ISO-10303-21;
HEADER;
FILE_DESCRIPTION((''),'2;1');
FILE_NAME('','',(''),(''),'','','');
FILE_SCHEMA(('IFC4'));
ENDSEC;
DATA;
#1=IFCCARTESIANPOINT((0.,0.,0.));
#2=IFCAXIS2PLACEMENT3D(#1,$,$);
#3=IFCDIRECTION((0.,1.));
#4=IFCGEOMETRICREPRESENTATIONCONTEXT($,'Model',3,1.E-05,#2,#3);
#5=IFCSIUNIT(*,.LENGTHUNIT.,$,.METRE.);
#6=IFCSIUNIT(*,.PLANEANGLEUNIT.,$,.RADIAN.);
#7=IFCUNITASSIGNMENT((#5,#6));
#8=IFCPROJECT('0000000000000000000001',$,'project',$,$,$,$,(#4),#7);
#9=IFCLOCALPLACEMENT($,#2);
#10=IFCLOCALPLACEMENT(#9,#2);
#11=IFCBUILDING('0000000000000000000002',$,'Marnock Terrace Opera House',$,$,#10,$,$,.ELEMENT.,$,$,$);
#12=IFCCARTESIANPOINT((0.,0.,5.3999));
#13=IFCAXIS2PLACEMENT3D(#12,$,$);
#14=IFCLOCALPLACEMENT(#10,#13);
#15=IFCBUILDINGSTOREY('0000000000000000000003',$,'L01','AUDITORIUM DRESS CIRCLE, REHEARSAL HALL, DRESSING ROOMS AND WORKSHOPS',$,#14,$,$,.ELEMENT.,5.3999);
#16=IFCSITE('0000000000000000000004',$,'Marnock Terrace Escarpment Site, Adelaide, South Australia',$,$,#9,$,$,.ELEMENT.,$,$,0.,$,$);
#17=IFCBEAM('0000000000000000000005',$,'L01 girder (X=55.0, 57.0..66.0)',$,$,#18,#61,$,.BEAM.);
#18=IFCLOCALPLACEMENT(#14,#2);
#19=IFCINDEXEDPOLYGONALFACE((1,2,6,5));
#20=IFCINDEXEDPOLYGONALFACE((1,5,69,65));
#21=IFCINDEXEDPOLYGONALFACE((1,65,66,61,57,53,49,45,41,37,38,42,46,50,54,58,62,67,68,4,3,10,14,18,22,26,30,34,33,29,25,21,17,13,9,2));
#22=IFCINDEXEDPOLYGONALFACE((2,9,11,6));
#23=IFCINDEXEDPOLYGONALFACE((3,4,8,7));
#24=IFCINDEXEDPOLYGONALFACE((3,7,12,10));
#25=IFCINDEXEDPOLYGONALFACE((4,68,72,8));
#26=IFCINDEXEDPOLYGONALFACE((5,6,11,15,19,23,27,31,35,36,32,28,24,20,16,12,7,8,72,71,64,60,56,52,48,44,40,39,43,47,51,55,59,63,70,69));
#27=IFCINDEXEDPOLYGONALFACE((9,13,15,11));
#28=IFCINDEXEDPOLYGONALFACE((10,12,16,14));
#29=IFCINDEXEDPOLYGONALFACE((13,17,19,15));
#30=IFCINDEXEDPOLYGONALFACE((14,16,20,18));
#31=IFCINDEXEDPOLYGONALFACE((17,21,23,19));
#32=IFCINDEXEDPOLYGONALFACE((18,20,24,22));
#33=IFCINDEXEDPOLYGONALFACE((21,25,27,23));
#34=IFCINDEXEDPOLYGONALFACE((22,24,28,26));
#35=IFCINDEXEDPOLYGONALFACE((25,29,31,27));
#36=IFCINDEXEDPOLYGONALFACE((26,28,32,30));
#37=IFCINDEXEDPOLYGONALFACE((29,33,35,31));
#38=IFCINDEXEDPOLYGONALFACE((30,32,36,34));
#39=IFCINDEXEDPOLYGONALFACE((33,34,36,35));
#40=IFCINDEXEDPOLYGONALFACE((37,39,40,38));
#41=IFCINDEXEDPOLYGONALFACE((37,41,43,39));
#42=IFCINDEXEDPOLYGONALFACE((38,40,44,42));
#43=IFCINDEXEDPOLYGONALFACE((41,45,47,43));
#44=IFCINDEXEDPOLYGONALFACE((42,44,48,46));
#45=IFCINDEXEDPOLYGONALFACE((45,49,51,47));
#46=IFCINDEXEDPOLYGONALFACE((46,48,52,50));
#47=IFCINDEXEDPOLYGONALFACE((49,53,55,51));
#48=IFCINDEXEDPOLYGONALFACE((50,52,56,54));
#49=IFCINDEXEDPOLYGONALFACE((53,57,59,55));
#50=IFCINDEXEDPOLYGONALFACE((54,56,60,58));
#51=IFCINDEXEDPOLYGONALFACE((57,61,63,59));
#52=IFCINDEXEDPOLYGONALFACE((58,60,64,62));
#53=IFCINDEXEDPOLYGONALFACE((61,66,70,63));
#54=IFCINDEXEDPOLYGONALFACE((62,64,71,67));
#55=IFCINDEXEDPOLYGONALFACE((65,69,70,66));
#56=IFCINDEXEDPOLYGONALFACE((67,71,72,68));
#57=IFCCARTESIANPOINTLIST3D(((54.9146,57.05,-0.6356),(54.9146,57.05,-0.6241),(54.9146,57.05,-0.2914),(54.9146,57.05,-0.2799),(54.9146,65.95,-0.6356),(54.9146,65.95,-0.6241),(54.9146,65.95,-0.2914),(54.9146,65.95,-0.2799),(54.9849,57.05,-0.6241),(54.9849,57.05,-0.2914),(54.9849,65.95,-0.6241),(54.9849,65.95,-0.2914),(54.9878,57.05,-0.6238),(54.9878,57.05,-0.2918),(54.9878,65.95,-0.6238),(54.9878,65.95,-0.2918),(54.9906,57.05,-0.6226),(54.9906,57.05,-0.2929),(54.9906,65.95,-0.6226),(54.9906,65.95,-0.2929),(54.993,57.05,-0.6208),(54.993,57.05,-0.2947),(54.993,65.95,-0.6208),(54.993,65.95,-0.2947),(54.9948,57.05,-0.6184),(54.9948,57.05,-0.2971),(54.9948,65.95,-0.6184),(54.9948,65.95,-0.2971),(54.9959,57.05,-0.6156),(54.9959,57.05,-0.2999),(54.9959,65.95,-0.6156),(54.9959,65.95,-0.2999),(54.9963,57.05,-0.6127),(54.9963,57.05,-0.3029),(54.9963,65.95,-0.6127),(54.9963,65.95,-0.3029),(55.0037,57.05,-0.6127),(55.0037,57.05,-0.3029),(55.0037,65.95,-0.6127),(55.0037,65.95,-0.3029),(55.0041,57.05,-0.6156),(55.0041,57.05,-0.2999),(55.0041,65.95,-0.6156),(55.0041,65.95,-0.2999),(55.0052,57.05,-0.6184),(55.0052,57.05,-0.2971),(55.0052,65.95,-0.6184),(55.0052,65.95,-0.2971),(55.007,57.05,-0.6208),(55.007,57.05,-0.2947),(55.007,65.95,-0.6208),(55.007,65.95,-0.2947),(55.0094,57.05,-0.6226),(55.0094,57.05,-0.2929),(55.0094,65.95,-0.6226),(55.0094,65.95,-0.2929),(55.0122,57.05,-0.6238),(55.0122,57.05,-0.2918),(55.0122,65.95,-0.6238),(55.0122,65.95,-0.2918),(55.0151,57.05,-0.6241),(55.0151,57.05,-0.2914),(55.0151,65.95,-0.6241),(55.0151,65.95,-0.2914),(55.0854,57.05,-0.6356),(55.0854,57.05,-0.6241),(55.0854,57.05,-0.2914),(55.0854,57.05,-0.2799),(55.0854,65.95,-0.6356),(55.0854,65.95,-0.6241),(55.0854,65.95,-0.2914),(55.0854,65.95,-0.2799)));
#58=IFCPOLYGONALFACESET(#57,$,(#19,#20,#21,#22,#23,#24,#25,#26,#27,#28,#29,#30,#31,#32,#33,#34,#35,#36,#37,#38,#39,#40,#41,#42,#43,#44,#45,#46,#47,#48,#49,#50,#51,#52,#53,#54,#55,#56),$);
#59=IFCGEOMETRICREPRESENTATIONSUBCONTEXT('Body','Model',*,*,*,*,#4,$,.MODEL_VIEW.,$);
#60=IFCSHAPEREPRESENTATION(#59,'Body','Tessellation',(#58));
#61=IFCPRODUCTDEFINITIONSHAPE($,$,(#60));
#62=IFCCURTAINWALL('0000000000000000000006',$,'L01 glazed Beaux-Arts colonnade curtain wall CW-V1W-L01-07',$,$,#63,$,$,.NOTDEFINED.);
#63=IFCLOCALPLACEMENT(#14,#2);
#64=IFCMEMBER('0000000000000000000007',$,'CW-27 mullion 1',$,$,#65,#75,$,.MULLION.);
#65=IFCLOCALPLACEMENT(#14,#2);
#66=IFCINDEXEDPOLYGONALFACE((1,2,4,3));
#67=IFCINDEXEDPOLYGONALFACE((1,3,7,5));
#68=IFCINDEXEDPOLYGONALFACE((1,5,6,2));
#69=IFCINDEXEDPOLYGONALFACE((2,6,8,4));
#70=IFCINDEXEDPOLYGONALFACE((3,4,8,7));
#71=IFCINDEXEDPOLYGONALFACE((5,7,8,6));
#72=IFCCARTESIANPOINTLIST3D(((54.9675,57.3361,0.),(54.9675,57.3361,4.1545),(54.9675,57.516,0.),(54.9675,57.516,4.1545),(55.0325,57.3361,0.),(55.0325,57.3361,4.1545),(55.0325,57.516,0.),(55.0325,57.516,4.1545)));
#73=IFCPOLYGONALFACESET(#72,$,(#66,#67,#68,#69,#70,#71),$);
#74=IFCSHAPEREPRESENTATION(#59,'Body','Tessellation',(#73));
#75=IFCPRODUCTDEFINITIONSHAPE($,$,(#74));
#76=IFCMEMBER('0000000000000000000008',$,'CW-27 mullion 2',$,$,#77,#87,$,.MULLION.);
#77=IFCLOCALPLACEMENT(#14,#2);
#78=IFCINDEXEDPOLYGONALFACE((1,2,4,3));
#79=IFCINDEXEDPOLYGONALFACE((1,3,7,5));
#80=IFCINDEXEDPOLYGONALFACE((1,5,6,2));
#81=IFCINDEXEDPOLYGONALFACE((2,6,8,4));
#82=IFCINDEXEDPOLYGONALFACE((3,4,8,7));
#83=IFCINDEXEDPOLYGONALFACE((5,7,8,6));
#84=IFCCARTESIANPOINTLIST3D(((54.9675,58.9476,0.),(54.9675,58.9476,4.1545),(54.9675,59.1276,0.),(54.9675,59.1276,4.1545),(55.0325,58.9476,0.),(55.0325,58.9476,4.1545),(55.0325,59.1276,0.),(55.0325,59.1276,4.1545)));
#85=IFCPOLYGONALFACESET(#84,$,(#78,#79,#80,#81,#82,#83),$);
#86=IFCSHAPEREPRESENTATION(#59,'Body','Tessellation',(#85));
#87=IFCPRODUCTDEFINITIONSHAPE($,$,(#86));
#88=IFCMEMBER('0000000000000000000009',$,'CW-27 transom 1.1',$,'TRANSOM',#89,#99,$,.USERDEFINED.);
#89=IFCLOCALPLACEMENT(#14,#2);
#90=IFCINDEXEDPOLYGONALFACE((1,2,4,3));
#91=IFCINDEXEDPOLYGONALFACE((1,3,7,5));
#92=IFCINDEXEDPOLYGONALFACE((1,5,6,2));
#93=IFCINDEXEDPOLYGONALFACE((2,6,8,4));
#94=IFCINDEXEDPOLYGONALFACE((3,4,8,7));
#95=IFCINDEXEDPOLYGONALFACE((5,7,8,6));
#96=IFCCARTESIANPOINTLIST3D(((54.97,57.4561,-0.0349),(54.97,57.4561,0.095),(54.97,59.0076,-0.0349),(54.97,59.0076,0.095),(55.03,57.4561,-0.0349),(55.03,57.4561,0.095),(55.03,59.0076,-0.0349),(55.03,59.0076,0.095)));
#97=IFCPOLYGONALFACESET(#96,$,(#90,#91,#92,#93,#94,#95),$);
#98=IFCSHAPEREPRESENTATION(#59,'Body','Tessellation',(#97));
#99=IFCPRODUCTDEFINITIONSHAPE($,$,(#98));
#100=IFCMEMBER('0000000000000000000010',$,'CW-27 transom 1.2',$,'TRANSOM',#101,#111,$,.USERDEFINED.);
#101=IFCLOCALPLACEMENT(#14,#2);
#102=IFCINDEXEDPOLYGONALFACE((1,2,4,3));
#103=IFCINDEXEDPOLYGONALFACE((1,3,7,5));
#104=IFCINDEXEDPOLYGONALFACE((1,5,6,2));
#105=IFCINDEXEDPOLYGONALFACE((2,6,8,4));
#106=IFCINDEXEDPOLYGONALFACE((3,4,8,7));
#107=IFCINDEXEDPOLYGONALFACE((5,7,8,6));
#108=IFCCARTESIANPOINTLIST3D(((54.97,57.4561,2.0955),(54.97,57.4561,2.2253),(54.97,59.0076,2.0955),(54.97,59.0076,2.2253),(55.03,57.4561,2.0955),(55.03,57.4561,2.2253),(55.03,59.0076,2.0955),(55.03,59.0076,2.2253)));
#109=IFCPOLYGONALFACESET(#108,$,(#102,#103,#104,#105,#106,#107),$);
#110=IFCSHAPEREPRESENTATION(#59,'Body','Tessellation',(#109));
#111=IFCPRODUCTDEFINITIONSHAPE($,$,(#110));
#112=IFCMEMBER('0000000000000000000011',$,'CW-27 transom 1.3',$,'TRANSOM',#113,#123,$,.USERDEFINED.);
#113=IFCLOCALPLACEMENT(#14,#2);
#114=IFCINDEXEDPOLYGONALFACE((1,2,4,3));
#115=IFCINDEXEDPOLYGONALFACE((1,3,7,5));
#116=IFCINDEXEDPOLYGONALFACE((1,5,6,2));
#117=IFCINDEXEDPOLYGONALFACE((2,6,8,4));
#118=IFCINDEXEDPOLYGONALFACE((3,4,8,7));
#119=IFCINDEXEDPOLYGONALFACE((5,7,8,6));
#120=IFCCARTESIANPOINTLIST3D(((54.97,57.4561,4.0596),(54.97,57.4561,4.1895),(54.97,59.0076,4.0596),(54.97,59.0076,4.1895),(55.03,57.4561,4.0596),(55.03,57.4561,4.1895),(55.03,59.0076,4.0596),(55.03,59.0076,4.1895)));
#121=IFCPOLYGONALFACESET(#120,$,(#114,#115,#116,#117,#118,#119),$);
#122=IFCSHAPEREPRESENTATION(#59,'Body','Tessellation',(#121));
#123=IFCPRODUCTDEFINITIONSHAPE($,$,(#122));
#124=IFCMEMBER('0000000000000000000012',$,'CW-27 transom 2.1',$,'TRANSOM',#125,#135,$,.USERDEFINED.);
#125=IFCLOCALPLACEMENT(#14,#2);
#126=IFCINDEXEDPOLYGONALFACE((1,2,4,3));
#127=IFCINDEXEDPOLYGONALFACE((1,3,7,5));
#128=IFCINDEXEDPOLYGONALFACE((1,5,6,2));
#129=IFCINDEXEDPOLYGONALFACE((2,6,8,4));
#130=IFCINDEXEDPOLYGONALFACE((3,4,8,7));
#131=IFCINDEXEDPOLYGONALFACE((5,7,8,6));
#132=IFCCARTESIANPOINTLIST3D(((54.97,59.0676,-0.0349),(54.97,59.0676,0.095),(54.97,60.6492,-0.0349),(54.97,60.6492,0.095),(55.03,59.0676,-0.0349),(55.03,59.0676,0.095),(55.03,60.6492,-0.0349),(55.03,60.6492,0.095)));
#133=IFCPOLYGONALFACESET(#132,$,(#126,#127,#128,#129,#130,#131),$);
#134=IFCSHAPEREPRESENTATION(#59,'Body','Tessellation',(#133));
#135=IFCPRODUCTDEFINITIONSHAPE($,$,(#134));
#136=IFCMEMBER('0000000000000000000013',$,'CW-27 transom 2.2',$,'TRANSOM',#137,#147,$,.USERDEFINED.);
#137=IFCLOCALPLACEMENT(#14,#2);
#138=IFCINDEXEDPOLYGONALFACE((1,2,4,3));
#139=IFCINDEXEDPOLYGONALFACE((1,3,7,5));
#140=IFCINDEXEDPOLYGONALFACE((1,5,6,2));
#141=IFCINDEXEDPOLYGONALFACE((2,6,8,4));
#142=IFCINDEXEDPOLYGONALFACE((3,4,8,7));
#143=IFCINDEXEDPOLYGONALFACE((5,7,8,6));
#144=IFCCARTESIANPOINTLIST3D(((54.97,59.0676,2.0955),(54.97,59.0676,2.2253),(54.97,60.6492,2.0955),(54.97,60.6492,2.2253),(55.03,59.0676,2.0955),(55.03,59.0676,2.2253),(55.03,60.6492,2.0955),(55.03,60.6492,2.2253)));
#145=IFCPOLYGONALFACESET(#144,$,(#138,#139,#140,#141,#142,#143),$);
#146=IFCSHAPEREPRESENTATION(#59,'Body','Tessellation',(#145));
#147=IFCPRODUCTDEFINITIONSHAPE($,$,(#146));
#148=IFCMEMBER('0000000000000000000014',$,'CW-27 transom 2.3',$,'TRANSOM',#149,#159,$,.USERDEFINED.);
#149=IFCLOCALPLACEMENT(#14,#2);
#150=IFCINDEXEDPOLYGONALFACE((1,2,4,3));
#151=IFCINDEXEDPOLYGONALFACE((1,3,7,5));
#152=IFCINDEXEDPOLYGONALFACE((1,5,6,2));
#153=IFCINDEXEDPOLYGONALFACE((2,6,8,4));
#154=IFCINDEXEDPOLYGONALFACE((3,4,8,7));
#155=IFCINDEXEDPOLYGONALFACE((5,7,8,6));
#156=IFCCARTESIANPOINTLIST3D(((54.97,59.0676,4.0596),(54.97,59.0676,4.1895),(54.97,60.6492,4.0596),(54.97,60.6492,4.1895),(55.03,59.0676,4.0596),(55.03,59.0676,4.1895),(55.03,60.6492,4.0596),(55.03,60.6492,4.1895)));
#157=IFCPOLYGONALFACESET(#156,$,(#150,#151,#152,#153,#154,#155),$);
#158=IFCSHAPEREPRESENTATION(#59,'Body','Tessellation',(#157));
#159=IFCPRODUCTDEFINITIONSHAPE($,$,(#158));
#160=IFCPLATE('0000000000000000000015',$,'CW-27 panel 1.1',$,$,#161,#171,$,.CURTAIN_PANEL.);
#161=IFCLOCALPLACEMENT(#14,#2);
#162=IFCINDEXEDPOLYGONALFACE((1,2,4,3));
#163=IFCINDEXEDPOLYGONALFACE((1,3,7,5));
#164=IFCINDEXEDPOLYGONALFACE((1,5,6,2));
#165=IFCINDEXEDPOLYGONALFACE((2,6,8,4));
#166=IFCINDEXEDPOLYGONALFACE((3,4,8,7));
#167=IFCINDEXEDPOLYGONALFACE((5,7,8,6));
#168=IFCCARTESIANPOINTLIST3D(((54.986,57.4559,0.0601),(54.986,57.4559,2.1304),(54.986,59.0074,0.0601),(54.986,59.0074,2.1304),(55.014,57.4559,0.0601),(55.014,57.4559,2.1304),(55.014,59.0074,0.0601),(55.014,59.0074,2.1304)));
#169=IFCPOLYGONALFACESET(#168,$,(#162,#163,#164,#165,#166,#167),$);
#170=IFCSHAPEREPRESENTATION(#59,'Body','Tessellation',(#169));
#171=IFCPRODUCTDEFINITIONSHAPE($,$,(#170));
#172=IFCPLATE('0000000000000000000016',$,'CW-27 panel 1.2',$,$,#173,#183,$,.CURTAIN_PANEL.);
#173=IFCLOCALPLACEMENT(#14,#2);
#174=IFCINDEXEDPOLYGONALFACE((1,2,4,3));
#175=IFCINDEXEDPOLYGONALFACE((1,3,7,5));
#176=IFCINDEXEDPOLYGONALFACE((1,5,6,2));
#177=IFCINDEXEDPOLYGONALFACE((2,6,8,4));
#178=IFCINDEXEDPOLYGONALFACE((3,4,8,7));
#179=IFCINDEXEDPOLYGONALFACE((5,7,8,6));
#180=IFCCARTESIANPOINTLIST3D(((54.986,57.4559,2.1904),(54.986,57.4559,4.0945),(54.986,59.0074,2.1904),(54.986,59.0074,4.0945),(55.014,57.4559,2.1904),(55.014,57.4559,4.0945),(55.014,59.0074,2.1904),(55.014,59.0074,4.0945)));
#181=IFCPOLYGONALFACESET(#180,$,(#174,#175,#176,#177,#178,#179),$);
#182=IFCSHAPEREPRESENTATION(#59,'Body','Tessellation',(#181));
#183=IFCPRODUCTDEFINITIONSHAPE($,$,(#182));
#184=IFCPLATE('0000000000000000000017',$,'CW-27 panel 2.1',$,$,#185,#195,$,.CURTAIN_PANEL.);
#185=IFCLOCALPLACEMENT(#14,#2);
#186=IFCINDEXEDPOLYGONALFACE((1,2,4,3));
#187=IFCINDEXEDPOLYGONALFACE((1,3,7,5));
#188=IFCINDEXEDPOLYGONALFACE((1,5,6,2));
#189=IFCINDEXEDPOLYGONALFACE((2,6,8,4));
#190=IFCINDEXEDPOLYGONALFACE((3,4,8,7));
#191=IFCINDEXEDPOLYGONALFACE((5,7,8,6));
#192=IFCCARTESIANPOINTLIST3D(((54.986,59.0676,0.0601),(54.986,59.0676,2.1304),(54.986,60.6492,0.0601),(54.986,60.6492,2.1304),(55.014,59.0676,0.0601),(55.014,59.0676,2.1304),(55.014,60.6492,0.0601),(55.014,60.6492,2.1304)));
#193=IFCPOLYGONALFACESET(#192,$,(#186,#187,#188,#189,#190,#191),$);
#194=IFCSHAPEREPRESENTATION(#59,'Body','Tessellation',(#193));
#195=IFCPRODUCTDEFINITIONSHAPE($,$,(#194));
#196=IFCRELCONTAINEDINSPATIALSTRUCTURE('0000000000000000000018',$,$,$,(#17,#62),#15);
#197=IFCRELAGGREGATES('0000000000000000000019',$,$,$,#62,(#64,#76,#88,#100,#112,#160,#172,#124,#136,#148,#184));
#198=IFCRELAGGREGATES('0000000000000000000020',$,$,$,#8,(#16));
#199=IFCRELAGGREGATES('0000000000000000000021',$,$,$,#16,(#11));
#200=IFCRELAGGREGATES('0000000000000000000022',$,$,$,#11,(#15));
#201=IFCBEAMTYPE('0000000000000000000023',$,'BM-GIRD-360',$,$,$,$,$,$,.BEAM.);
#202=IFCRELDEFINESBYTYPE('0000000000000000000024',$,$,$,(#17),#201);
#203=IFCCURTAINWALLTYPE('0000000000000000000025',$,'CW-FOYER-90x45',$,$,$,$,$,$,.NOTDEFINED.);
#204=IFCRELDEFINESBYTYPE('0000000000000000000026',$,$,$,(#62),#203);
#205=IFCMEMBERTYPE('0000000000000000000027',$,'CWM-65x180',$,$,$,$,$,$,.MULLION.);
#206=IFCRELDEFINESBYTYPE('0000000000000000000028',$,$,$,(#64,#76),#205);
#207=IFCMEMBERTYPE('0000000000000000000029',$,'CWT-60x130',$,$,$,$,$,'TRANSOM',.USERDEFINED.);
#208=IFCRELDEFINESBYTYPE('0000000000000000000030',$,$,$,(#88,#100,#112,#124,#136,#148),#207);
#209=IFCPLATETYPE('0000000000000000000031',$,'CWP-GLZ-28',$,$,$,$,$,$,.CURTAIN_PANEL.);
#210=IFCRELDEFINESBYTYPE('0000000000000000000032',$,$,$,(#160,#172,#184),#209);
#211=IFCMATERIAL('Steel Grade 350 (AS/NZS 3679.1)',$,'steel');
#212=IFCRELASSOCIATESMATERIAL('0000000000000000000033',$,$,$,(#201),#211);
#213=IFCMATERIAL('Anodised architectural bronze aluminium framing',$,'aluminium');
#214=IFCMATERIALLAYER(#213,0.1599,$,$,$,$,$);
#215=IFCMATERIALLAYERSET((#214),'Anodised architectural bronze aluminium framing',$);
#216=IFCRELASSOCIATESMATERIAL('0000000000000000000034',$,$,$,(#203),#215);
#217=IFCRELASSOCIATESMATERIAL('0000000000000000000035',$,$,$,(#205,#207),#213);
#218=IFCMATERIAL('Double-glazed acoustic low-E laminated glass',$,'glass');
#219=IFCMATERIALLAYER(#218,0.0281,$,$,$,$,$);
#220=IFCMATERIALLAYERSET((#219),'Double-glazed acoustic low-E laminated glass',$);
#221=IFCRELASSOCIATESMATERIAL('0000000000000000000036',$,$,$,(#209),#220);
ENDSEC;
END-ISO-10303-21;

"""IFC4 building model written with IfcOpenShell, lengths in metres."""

from ifc_helpers import new_model, si_unit, direction, frame, origin, origin_2d, place, context, subcontext, project, spatial, rectangle, i_section, extrude, material, layer, layer_set, material_profile, profile_set, type_object, element, aggregate, save


model = new_model("IFC4")

# Units and contexts
model_context = context("Model", 3, precision=1e-05, world=origin(), true_north=direction((0.0, 1.0)))
body_context = subcontext(model_context, "Body", "Model", "MODEL_VIEW")
ifc_project = project(units=[si_unit("LENGTHUNIT", "METRE"), si_unit("PLANEANGLEUNIT", "RADIAN")], contexts=[model_context])

# Site, building, storey
site_placement = place(None, origin())
site = spatial("IfcSite", under=ifc_project, at=site_placement, Name="Marnock Terrace Escarpment Site, Adelaide, South Australia", CompositionType="ELEMENT", RefElevation=0.0)
building_placement = place(site_placement, origin())
building = spatial("IfcBuilding", under=site, at=building_placement, Name="Marnock Terrace Opera House", CompositionType="ELEMENT")
storey_placement = place(building_placement, frame((0.0, 0.0, 5.3999)))
storey = spatial("IfcBuildingStorey", under=building, at=storey_placement, Name="L01", Description="AUDITORIUM DRESS CIRCLE, REHEARSAL HALL, DRESSING ROOMS AND WORKSHOPS", CompositionType="ELEMENT", Elevation=5.3999)

# Beam
ifc_material_1 = material(Name="Steel Grade 350 (AS/NZS 3679.1)", Category="steel")
ifc_material_profile_1 = material_profile(ifc_material_1, i_section(OverallWidth=0.1709, OverallDepth=0.3557, WebThickness=0.0073, FlangeThickness=0.0115, FilletRadius=0.0115, at=origin_2d()))
ifc_profile_set_1 = profile_set([ifc_material_profile_1], Name="Steel Grade 350 (AS/NZS 3679.1)")
beam_type = type_object("IfcBeamType", Name="BM-GIRD-360", PredefinedType="BEAM", material=ifc_profile_set_1)
beam_placement = place(storey_placement, frame((55.0, 57.05, -0.4578), z_axis=(0.0, 1.0, 0.0), x_axis=(-1.0, 0.0, 0.0)))
element("IfcBeam", 1, at=beam_placement, inside=storey, type_object=beam_type, Name="L01 girder (X=55.0, 57.0..66.0)", PredefinedType="BEAM", context=body_context, shape_type="SweptSolid", body=[
    extrude(i_section(OverallWidth=0.1709, OverallDepth=0.3557, WebThickness=0.0073, FlangeThickness=0.0115, FilletRadius=0.0115, at=origin_2d()), origin(), (0.0, 0.0, 1.0), 8.8999),
])

# Curtain wall, members, plates
ifc_material_2 = material(Name="Anodised architectural bronze aluminium framing", Category="aluminium")
ifc_layer_1 = layer(ifc_material_2, 0.1599)
ifc_layer_set_1 = layer_set([ifc_layer_1], Name="Anodised architectural bronze aluminium framing")
curtain_wall_type = type_object("IfcCurtainWallType", Name="CW-FOYER-90x45", PredefinedType="NOTDEFINED", material=ifc_layer_set_1)
curtain_wall_placement = place(storey_placement, origin())
curtain_wall = element("IfcCurtainWall", 2, at=curtain_wall_placement, inside=storey, type_object=curtain_wall_type, Name="L01 glazed Beaux-Arts colonnade curtain wall CW-V1W-L01-07", PredefinedType="NOTDEFINED")
ifc_material_profile_2 = material_profile(ifc_material_2, rectangle(XDim=0.0649, YDim=0.1799, at=origin_2d()))
ifc_profile_set_2 = profile_set([ifc_material_profile_2], Name="Anodised architectural bronze aluminium framing")
member_type_1 = type_object("IfcMemberType", Name="CWM-65x180", PredefinedType="MULLION", material=ifc_profile_set_2)
member_1_placement = place(storey_placement, frame((55.0, 57.426, 0.0), z_axis=(0.0, 0.0, 1.0), x_axis=(-1.0, 0.0, 0.0)))
member_1 = element("IfcMember", 3, at=member_1_placement, type_object=member_type_1, Name="CW-27 mullion 1", PredefinedType="MULLION", context=body_context, shape_type="SweptSolid", body=[
    extrude(rectangle(XDim=0.0649, YDim=0.1799, at=origin_2d()), origin(), (0.0, 0.0, 1.0), 4.1545),
])
member_2_placement = place(storey_placement, frame((55.0, 59.0376, 0.0), z_axis=(0.0, 0.0, 1.0), x_axis=(-1.0, 0.0, 0.0)))
member_2 = element("IfcMember", 4, at=member_2_placement, type_object=member_type_1, Name="CW-27 mullion 2", PredefinedType="MULLION", context=body_context, shape_type="SweptSolid", body=[
    extrude(rectangle(XDim=0.0649, YDim=0.1799, at=origin_2d()), origin(), (0.0, 0.0, 1.0), 4.1545),
])
ifc_material_profile_3 = material_profile(ifc_material_2, rectangle(XDim=0.0601, YDim=0.1299, at=origin_2d()))
ifc_profile_set_3 = profile_set([ifc_material_profile_3], Name="Anodised architectural bronze aluminium framing")
member_type_2 = type_object("IfcMemberType", Name="CWT-60x130", ElementType="TRANSOM", PredefinedType="USERDEFINED", material=ifc_profile_set_3)
member_3_placement = place(storey_placement, frame((55.0, 57.4561, 0.03), z_axis=(0.0, 1.0, 0.0), x_axis=(-1.0, 0.0, 0.0)))
member_3 = element("IfcMember", 5, at=member_3_placement, type_object=member_type_2, Name="CW-27 transom 1.1", ObjectType="TRANSOM", PredefinedType="USERDEFINED", context=body_context, shape_type="SweptSolid", body=[
    extrude(rectangle(XDim=0.0601, YDim=0.1299, at=origin_2d()), origin(), (0.0, 0.0, 1.0), 1.5515),
])
member_4_placement = place(storey_placement, frame((55.0, 57.4561, 2.1604), z_axis=(0.0, 1.0, 0.0), x_axis=(-1.0, 0.0, 0.0)))
member_4 = element("IfcMember", 6, at=member_4_placement, type_object=member_type_2, Name="CW-27 transom 1.2", ObjectType="TRANSOM", PredefinedType="USERDEFINED", context=body_context, shape_type="SweptSolid", body=[
    extrude(rectangle(XDim=0.0601, YDim=0.1299, at=origin_2d()), origin(), (0.0, 0.0, 1.0), 1.5515),
])
member_5_placement = place(storey_placement, frame((55.0, 57.4561, 4.1245), z_axis=(0.0, 1.0, 0.0), x_axis=(-1.0, 0.0, 0.0)))
member_5 = element("IfcMember", 7, at=member_5_placement, type_object=member_type_2, Name="CW-27 transom 1.3", ObjectType="TRANSOM", PredefinedType="USERDEFINED", context=body_context, shape_type="SweptSolid", body=[
    extrude(rectangle(XDim=0.0601, YDim=0.1299, at=origin_2d()), origin(), (0.0, 0.0, 1.0), 1.5515),
])
member_6_placement = place(storey_placement, frame((55.0, 59.0676, 0.03), z_axis=(0.0, 1.0, 0.0), x_axis=(-1.0, 0.0, 0.0)))
member_6 = element("IfcMember", 8, at=member_6_placement, type_object=member_type_2, Name="CW-27 transom 2.1", ObjectType="TRANSOM", PredefinedType="USERDEFINED", context=body_context, shape_type="SweptSolid", body=[
    extrude(rectangle(XDim=0.0601, YDim=0.1299, at=origin_2d()), origin(), (0.0, 0.0, 1.0), 1.5815),
])
member_7_placement = place(storey_placement, frame((55.0, 59.0676, 2.1604), z_axis=(0.0, 1.0, 0.0), x_axis=(-1.0, 0.0, 0.0)))
member_7 = element("IfcMember", 9, at=member_7_placement, type_object=member_type_2, Name="CW-27 transom 2.2", ObjectType="TRANSOM", PredefinedType="USERDEFINED", context=body_context, shape_type="SweptSolid", body=[
    extrude(rectangle(XDim=0.0601, YDim=0.1299, at=origin_2d()), origin(), (0.0, 0.0, 1.0), 1.5815),
])
member_8_placement = place(storey_placement, frame((55.0, 59.0676, 4.1245), z_axis=(0.0, 1.0, 0.0), x_axis=(-1.0, 0.0, 0.0)))
member_8 = element("IfcMember", 10, at=member_8_placement, type_object=member_type_2, Name="CW-27 transom 2.3", ObjectType="TRANSOM", PredefinedType="USERDEFINED", context=body_context, shape_type="SweptSolid", body=[
    extrude(rectangle(XDim=0.0601, YDim=0.1299, at=origin_2d()), origin(), (0.0, 0.0, 1.0), 1.5815),
])
ifc_material_3 = material(Name="Double-glazed acoustic low-E laminated glass", Category="glass")
ifc_layer_2 = layer(ifc_material_3, 0.0281)
ifc_layer_set_2 = layer_set([ifc_layer_2], Name="Double-glazed acoustic low-E laminated glass")
plate_type = type_object("IfcPlateType", Name="CWP-GLZ-28", PredefinedType="CURTAIN_PANEL", material=ifc_layer_set_2)
plate_1_placement = place(storey_placement, frame((55.0, 58.2317, 0.0601), z_axis=(0.0, 0.0, 1.0), x_axis=(0.0, 1.0, 0.0)))
plate_1 = element("IfcPlate", 11, at=plate_1_placement, type_object=plate_type, Name="CW-27 panel 1.1", PredefinedType="CURTAIN_PANEL", context=body_context, shape_type="SweptSolid", body=[
    extrude(rectangle(XDim=1.5515, YDim=0.0281, at=origin_2d()), origin(), (0.0, 0.0, 1.0), 2.0703),
])
plate_2_placement = place(storey_placement, frame((55.0, 58.2317, 2.1904), z_axis=(0.0, 0.0, 1.0), x_axis=(0.0, 1.0, 0.0)))
plate_2 = element("IfcPlate", 12, at=plate_2_placement, type_object=plate_type, Name="CW-27 panel 1.2", PredefinedType="CURTAIN_PANEL", context=body_context, shape_type="SweptSolid", body=[
    extrude(rectangle(XDim=1.5515, YDim=0.0281, at=origin_2d()), origin(), (0.0, 0.0, 1.0), 1.9041),
])
plate_3_placement = place(storey_placement, frame((55.0, 59.8584, 0.0601), z_axis=(0.0, 0.0, 1.0), x_axis=(0.0, 1.0, 0.0)))
plate_3 = element("IfcPlate", 13, at=plate_3_placement, type_object=plate_type, Name="CW-27 panel 2.1", PredefinedType="CURTAIN_PANEL", context=body_context, shape_type="SweptSolid", body=[
    extrude(rectangle(XDim=1.5815, YDim=0.0281, at=origin_2d()), origin(), (0.0, 0.0, 1.0), 2.0703),
])
aggregate(curtain_wall, [member_1, member_2, member_3, member_4, member_5, plate_1, plate_2, member_6, member_7, member_8, plate_3])

save(model, "model.ifc")
